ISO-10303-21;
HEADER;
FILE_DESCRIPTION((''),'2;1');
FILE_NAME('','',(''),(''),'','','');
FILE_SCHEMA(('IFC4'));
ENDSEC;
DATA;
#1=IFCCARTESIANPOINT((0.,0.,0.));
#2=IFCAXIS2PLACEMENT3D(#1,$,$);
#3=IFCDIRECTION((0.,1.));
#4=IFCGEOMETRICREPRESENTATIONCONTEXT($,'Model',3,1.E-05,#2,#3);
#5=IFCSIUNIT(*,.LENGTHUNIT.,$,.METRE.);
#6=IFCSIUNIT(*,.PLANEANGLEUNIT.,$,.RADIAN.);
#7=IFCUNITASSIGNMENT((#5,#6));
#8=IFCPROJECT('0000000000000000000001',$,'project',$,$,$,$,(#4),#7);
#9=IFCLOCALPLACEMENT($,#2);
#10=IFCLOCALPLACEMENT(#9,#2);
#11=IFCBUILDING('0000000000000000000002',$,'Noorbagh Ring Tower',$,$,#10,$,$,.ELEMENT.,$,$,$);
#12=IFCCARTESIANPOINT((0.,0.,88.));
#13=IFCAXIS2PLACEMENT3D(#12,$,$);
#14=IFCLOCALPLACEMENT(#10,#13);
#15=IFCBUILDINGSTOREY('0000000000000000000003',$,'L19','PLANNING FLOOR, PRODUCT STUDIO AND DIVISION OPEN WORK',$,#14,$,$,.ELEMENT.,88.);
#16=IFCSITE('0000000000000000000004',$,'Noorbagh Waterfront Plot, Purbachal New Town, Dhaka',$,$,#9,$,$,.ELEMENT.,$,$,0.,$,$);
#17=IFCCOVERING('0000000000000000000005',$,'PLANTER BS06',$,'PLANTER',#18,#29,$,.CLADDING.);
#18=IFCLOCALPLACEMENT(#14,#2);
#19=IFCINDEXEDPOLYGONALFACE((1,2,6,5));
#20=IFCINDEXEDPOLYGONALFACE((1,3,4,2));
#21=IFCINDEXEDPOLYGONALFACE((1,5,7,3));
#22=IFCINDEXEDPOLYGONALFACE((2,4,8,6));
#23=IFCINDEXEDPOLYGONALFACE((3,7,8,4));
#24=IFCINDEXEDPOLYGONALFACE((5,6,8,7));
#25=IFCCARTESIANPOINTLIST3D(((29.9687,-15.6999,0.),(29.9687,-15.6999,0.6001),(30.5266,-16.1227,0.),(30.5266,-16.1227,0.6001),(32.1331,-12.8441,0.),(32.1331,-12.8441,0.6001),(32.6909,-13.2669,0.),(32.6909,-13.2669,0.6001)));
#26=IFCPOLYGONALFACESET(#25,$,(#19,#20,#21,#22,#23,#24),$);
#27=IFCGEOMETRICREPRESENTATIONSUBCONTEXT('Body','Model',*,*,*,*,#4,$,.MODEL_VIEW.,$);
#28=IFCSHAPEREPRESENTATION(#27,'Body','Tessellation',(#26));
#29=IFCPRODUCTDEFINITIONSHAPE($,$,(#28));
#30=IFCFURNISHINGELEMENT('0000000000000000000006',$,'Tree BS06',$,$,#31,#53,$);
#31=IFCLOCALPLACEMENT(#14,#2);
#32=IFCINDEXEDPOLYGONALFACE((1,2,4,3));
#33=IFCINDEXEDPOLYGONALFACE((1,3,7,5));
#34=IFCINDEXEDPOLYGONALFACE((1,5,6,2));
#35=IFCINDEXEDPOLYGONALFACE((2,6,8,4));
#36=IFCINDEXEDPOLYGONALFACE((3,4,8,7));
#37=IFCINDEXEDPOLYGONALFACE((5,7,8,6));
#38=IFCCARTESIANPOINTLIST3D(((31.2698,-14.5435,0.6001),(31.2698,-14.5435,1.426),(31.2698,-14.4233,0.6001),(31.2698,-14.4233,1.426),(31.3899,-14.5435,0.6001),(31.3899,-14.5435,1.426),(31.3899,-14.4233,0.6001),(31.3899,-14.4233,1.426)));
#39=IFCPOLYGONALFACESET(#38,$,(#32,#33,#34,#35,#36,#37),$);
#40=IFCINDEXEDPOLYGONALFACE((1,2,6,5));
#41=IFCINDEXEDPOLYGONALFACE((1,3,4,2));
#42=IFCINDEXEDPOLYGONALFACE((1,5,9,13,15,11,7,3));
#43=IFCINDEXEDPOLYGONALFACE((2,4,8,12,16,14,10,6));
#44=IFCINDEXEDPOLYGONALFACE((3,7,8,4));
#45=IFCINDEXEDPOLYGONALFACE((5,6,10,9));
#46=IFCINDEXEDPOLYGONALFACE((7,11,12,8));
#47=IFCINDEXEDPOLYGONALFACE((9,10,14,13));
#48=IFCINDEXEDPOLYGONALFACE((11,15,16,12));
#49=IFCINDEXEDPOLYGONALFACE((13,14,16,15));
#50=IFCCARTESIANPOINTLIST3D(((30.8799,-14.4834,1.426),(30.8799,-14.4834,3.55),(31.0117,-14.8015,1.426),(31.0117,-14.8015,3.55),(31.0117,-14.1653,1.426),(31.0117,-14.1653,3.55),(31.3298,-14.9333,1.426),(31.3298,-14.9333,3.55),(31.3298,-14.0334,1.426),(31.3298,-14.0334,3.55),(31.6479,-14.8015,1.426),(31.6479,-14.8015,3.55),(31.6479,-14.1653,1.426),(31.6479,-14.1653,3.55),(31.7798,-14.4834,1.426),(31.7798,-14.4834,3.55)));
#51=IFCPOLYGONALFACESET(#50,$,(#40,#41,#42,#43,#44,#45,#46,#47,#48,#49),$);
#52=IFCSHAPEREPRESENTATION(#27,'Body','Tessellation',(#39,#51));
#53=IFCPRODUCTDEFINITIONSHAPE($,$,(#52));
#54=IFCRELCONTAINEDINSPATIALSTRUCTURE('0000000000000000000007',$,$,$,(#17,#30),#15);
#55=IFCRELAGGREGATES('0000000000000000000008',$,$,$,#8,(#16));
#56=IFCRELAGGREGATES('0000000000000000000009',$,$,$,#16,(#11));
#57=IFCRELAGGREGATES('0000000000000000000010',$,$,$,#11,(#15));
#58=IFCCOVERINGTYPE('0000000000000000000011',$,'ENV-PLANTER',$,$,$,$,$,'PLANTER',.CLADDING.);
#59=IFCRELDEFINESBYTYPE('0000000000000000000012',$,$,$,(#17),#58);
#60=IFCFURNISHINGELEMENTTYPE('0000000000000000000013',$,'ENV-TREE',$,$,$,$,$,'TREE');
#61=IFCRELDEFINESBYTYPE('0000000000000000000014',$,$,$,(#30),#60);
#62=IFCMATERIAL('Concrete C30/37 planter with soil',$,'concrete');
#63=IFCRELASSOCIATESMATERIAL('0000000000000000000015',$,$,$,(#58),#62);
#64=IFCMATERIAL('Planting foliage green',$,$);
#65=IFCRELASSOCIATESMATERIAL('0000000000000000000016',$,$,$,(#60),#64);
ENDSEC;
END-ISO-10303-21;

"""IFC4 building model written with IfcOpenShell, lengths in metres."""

from ifc_helpers import new_model, si_unit, direction, frame, origin, origin_2d, place, context, subcontext, project, spatial, polyline, rectangle, outline, extrude, material, type_object, element, save


model = new_model("IFC4")

# Units and contexts
model_context = context("Model", 3, precision=1e-05, world=origin(), true_north=direction((0.0, 1.0)))
body_context = subcontext(model_context, "Body", "Model", "MODEL_VIEW")
ifc_project = project(units=[si_unit("LENGTHUNIT", "METRE"), si_unit("PLANEANGLEUNIT", "RADIAN")], contexts=[model_context])

# Site, building, storey
site_placement = place(None, origin())
site = spatial("IfcSite", under=ifc_project, at=site_placement, Name="Noorbagh Waterfront Plot, Purbachal New Town, Dhaka", CompositionType="ELEMENT", RefElevation=0.0)
building_placement = place(site_placement, origin())
building = spatial("IfcBuilding", under=site, at=building_placement, Name="Noorbagh Ring Tower", CompositionType="ELEMENT")
storey_placement = place(building_placement, frame((0.0, 0.0, 88.0)))
storey = spatial("IfcBuildingStorey", under=building, at=storey_placement, Name="L19", Description="PLANNING FLOOR, PRODUCT STUDIO AND DIVISION OPEN WORK", CompositionType="ELEMENT", Elevation=88.0)

# Covering
ifc_material_1 = material(Name="Concrete C30/37 planter with soil", Category="concrete")
covering_type_1 = type_object("IfcCoveringType", Name="ENV-PLANTER", ElementType="PLANTER", PredefinedType="CLADDING", material=ifc_material_1)
covering_placement = place(storey_placement, frame((31.3298, -14.4834, 0.0), z_axis=(0.0, 0.0, 1.0), x_axis=(0.60402, 0.796969, 0.0)))
element("IfcCovering", 1, at=covering_placement, inside=storey, type_object=covering_type_1, Name="PLANTER BS06", ObjectType="PLANTER", PredefinedType="CLADDING", context=body_context, shape_type="SweptSolid", body=[
    extrude(rectangle(XDim=3.5833, YDim=0.7, at=origin_2d()), origin(), (0.0, 0.0, 1.0), 0.6001),
])

# Furnishing element
ifc_material_2 = material(Name="Planting foliage green")
furnishing_element_type = type_object("IfcFurnishingElementType", Name="ENV-TREE", ElementType="TREE", material=ifc_material_2)
furnishing_placement = place(storey_placement, frame((31.3298, -14.4834, 0.6001), z_axis=(0.0, 0.0, 1.0), x_axis=(1.0, 0.0, 0.0)))
element("IfcFurnishingElement", 2, at=furnishing_placement, inside=storey, type_object=furnishing_element_type, Name="Tree BS06", context=body_context, shape_type="SweptSolid", body=[
    extrude(rectangle(XDim=0.1201, YDim=0.1201, at=origin_2d()), origin(), (0.0, 0.0, 1.0), 0.8259),
    extrude(outline(polyline([(0.45, 0.0), (0.3181, 0.3181), (0.0, 0.45), (-0.3181, 0.3181), (-0.45, 0.0), (-0.3181, -0.3181), (0.0, -0.45), (0.3181, -0.3181), (0.45, 0.0)])), frame((0.0, 0.0, 0.8259)), (0.0, 0.0, 1.0), 2.124),
])

save(model, "model.ifc")
